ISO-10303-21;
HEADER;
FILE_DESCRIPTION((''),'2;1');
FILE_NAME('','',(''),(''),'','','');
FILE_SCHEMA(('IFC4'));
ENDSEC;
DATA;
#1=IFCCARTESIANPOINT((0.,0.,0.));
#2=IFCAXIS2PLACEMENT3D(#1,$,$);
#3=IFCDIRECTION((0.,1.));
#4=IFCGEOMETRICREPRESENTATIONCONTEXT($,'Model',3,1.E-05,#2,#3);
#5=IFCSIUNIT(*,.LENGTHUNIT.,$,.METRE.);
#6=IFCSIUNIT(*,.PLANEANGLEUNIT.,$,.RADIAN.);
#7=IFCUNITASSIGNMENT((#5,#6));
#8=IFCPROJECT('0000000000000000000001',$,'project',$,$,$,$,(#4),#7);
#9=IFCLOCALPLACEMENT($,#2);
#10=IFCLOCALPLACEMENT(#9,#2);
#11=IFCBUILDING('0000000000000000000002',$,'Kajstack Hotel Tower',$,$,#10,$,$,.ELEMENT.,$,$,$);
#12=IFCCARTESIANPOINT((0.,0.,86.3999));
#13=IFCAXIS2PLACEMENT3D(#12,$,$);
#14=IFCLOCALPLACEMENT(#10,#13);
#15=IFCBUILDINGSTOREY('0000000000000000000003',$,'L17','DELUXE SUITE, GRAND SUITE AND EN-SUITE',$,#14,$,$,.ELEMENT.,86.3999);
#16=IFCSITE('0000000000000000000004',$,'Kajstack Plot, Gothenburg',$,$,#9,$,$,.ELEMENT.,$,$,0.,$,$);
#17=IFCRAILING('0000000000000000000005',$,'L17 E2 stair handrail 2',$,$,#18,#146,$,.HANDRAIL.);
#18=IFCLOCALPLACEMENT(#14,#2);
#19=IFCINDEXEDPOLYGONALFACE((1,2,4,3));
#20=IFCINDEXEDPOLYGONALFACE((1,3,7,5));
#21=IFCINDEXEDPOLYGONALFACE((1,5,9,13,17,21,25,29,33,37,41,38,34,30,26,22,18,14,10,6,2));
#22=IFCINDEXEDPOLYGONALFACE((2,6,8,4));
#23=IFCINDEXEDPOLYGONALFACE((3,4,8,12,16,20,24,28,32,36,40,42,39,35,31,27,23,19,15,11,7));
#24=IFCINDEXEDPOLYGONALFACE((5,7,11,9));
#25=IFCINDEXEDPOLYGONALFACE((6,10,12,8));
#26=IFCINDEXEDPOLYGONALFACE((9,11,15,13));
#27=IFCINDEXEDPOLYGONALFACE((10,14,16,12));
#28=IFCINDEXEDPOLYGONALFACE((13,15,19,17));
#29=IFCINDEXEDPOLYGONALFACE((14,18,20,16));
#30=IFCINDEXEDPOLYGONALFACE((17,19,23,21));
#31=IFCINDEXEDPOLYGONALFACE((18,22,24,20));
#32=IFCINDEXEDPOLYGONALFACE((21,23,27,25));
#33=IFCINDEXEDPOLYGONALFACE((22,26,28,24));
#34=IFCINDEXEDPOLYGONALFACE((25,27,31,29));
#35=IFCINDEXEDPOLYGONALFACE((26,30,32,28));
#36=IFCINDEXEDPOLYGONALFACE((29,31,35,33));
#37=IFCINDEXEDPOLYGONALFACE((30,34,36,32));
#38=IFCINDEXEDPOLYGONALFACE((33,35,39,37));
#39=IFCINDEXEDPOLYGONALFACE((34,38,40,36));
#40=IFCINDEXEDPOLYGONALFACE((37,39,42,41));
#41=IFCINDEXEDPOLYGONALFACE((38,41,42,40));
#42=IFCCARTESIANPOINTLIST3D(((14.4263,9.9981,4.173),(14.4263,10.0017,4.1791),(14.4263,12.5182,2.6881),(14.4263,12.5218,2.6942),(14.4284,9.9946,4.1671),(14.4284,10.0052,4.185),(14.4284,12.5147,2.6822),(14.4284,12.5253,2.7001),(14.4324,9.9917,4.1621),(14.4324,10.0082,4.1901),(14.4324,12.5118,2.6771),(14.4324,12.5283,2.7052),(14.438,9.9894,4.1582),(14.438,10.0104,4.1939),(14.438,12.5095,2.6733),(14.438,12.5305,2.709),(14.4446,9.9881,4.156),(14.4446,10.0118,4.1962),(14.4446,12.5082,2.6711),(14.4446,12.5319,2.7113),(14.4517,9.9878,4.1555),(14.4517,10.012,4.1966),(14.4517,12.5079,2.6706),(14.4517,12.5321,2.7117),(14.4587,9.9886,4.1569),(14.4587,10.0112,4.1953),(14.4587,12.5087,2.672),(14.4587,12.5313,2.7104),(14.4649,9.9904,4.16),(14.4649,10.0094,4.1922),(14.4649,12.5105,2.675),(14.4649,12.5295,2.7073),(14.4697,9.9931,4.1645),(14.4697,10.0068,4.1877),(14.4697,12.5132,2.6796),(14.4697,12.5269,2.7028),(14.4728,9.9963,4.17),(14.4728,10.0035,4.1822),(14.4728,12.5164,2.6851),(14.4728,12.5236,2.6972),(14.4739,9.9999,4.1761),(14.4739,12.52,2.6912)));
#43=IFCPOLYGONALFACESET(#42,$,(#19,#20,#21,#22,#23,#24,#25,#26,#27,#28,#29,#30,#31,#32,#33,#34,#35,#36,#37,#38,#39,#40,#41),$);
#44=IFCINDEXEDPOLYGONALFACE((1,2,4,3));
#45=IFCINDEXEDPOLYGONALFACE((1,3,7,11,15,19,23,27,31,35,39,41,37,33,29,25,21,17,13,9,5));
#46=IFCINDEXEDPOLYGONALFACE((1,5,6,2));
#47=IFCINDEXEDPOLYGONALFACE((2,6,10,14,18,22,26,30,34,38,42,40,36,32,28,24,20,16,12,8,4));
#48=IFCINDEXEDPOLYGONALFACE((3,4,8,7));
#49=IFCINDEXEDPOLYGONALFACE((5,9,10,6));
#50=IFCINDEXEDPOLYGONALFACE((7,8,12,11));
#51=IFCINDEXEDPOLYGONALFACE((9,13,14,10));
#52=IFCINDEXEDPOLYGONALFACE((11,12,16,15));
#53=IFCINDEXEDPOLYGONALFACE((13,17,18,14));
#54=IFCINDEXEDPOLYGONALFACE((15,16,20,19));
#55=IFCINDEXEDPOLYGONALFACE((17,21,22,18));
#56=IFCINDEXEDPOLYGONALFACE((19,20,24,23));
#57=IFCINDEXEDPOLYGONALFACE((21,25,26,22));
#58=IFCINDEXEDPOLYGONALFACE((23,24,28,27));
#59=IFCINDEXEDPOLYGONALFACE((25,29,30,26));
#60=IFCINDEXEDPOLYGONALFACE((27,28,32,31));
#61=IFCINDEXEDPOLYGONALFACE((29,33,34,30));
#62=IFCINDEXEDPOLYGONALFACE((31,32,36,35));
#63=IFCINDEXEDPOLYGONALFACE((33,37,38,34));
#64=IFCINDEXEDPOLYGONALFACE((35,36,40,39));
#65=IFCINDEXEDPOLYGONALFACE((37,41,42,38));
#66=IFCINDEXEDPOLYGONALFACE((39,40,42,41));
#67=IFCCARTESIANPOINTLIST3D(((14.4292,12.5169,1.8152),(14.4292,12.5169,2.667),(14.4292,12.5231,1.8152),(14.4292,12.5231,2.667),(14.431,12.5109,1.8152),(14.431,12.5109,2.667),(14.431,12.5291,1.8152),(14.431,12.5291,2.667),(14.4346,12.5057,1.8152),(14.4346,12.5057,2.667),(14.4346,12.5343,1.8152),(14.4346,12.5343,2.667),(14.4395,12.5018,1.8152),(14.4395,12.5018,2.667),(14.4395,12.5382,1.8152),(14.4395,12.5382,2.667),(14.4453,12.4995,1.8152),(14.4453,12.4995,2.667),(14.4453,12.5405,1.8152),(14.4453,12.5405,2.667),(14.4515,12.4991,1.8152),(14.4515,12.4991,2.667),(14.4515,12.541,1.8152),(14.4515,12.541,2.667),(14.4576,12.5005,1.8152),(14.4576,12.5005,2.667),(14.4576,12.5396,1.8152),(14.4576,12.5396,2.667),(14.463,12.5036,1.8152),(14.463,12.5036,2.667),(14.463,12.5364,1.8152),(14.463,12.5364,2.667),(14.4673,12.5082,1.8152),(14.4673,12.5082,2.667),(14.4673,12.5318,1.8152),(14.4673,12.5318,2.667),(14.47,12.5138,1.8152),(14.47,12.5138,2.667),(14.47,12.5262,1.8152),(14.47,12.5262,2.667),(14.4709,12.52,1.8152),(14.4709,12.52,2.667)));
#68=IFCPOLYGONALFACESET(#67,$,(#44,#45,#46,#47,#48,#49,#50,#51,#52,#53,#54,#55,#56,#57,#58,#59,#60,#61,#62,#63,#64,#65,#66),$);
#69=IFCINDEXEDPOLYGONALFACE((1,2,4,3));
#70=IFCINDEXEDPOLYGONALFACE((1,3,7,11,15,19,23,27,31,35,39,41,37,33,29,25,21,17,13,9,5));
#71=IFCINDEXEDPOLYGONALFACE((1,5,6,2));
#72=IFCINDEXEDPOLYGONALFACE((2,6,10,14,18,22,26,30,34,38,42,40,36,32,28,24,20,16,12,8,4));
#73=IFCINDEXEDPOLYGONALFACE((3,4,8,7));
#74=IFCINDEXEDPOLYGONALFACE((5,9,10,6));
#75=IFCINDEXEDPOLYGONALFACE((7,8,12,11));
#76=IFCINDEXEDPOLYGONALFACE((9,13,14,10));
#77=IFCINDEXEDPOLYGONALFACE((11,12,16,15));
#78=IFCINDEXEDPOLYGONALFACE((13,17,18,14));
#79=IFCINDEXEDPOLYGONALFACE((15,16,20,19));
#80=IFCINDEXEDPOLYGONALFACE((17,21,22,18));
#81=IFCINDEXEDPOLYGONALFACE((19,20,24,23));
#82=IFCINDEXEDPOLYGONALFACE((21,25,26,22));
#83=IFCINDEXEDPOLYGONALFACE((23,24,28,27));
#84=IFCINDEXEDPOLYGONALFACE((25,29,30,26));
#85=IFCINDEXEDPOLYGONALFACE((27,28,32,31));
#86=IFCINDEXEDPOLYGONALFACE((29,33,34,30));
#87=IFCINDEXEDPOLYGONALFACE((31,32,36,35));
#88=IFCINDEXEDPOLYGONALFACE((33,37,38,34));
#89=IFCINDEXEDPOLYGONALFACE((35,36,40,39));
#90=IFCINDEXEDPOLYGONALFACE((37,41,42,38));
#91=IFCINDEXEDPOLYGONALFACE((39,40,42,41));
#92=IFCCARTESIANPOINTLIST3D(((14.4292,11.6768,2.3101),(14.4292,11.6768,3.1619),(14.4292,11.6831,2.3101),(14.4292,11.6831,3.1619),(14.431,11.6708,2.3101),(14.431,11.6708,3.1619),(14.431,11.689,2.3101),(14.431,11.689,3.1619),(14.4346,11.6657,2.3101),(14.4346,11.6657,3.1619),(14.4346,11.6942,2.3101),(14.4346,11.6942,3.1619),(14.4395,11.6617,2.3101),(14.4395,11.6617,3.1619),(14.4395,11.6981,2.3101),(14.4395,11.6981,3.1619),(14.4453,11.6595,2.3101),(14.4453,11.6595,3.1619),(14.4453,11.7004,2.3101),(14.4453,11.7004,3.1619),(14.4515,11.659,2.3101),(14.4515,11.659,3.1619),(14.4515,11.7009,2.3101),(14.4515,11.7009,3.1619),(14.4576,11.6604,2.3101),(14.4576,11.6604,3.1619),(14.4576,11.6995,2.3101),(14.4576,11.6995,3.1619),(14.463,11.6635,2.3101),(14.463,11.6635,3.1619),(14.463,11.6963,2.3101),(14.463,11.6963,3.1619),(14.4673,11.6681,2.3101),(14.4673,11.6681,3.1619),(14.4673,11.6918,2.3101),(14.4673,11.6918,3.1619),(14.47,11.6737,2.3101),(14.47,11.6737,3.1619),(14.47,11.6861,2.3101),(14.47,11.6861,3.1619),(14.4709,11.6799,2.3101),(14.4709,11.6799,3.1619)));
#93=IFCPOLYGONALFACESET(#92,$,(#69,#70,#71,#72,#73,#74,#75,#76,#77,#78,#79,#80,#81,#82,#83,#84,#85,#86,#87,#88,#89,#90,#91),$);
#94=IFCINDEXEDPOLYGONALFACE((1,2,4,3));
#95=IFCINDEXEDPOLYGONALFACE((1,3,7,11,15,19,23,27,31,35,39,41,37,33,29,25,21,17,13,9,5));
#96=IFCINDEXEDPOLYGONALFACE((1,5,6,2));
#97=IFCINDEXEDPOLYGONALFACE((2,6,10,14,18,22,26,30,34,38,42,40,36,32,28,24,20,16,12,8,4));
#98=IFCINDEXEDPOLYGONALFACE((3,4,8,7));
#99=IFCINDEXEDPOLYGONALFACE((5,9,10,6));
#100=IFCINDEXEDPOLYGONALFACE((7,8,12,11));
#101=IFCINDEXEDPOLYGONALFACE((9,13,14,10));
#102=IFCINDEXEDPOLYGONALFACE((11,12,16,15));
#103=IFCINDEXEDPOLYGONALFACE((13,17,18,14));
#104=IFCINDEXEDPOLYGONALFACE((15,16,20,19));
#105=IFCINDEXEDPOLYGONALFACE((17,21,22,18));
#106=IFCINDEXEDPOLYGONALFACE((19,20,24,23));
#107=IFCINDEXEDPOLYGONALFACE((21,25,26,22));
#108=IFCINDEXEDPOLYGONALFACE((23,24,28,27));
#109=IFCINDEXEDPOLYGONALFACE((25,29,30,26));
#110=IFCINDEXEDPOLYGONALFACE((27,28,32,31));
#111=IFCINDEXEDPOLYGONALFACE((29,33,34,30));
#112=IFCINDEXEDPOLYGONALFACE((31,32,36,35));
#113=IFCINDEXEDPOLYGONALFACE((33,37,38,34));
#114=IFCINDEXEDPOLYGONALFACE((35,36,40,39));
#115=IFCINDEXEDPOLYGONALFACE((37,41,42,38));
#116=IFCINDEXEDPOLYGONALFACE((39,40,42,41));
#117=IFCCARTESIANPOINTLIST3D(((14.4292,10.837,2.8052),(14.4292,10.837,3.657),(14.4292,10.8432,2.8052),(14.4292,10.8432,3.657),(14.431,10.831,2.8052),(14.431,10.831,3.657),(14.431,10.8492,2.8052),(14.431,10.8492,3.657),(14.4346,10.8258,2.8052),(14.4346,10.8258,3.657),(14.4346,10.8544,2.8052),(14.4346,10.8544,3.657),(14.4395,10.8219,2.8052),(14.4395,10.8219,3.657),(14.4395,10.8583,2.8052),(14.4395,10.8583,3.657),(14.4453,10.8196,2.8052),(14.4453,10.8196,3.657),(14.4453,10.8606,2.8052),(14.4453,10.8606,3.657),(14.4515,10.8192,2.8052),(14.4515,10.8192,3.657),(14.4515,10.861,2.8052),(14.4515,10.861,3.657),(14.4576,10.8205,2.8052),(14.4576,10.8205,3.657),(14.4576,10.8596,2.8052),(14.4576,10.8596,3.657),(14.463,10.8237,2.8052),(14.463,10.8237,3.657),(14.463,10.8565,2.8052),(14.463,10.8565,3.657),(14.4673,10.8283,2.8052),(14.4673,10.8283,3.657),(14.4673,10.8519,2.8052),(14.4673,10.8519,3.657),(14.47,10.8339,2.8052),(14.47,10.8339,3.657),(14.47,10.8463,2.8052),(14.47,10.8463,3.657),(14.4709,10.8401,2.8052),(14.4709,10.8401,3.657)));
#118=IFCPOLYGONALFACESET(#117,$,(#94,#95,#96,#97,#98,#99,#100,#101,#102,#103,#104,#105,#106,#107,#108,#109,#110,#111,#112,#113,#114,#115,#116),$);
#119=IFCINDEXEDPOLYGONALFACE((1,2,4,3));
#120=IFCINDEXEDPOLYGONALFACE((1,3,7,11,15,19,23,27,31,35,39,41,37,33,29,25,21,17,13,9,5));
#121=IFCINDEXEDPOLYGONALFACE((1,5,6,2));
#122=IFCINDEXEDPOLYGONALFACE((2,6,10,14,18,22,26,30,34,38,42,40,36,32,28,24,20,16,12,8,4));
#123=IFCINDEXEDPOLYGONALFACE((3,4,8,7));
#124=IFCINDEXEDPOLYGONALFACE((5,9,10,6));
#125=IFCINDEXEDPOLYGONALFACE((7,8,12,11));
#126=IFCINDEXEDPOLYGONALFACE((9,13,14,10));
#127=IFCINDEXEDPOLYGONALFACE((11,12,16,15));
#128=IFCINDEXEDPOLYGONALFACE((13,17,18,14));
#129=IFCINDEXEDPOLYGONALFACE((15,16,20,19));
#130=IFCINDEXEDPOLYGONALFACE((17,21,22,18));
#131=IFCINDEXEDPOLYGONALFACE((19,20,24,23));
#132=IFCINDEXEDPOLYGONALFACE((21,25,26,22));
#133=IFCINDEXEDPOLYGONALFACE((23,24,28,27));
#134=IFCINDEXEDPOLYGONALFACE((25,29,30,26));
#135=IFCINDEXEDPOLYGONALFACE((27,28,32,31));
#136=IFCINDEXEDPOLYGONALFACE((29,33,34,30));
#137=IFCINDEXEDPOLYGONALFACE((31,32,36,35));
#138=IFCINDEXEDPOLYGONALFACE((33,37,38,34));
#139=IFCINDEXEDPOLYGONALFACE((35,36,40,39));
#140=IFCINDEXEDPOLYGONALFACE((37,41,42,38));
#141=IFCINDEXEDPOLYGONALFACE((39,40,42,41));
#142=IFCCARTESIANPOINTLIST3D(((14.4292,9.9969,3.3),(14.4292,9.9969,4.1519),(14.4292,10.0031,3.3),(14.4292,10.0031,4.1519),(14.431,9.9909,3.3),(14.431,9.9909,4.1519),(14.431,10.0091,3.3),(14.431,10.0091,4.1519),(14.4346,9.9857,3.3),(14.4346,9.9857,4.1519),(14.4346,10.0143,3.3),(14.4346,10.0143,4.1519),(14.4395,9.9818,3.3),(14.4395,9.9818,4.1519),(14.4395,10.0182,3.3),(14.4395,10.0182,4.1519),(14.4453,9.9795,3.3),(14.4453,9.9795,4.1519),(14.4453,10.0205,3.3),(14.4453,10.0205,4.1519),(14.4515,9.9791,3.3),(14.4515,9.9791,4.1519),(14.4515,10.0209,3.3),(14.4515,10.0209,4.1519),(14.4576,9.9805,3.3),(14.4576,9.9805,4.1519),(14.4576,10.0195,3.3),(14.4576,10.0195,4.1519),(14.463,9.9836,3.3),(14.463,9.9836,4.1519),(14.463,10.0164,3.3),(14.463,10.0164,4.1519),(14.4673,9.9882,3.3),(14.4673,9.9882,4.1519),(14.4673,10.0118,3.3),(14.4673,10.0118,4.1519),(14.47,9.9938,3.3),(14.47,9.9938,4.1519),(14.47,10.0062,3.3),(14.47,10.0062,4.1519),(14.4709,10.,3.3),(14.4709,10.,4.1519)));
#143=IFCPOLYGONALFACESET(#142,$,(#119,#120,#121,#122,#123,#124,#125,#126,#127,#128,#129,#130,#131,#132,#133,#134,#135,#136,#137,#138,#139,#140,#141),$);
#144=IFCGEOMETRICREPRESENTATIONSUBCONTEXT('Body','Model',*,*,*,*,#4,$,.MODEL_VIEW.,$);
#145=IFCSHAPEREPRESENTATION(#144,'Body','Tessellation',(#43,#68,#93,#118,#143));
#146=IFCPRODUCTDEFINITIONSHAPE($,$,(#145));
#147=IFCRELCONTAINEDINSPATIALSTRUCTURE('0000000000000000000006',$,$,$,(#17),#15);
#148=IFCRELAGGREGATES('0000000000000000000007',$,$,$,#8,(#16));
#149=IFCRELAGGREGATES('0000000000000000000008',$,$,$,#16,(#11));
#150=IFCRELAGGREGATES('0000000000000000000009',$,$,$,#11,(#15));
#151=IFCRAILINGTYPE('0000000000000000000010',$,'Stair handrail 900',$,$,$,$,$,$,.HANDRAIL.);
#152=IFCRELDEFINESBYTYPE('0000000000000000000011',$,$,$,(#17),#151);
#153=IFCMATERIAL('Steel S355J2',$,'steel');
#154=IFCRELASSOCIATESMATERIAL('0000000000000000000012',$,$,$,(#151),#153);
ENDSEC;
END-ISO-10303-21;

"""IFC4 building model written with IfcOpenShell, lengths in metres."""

from ifc_helpers import new_model, si_unit, direction, frame, origin, origin_2d, place, context, subcontext, project, spatial, circle, extrude, material, type_object, element, save


model = new_model("IFC4")

# Units and contexts
model_context = context("Model", 3, precision=1e-05, world=origin(), true_north=direction((0.0, 1.0)))
body_context = subcontext(model_context, "Body", "Model", "MODEL_VIEW")
ifc_project = project(units=[si_unit("LENGTHUNIT", "METRE"), si_unit("PLANEANGLEUNIT", "RADIAN")], contexts=[model_context])

# Site, building, storey
site_placement = place(None, origin())
site = spatial("IfcSite", under=ifc_project, at=site_placement, Name="Kajstack Plot, Gothenburg", CompositionType="ELEMENT", RefElevation=0.0)
building_placement = place(site_placement, origin())
building = spatial("IfcBuilding", under=site, at=building_placement, Name="Kajstack Hotel Tower", CompositionType="ELEMENT")
storey_placement = place(building_placement, frame((0.0, 0.0, 86.3999)))
storey = spatial("IfcBuildingStorey", under=building, at=storey_placement, Name="L17", Description="DELUXE SUITE, GRAND SUITE AND EN-SUITE", CompositionType="ELEMENT", Elevation=86.3999)

# Railing
ifc_material_1 = material(Name="Steel S355J2", Category="steel")
railing_type = type_object("IfcRailingType", Name="Stair handrail 900", PredefinedType="HANDRAIL", material=ifc_material_1)
railing_placement = place(storey_placement, frame((14.45, 12.52, 1.8152)))
element("IfcRailing", 1, at=railing_placement, inside=storey, type_object=railing_type, Name="L17 E2 stair handrail 2", PredefinedType="HANDRAIL", context=body_context, shape_type="SweptSolid", body=[
    extrude(circle(Radius=0.0239, at=origin_2d()), frame((0.0, 0.0, 0.876), z_axis=(0.0, -0.861561, 0.507655), x_axis=(1.0, 0.0, 0.0)), (0.0, 0.0, 1.0), 2.925),
    extrude(circle(Radius=0.021, at=origin_2d()), origin(), (0.0, 0.0, 1.0), 0.8518),
    extrude(circle(Radius=0.021, at=origin_2d()), frame((0.0, -0.8401, 0.4949)), (0.0, 0.0, 1.0), 0.8518),
    extrude(circle(Radius=0.021, at=origin_2d()), frame((0.0, -1.6799, 0.99)), (0.0, 0.0, 1.0), 0.8518),
    extrude(circle(Radius=0.021, at=origin_2d()), frame((0.0, -2.52, 1.4849)), (0.0, 0.0, 1.0), 0.8518),
])

save(model, "model.ifc")
